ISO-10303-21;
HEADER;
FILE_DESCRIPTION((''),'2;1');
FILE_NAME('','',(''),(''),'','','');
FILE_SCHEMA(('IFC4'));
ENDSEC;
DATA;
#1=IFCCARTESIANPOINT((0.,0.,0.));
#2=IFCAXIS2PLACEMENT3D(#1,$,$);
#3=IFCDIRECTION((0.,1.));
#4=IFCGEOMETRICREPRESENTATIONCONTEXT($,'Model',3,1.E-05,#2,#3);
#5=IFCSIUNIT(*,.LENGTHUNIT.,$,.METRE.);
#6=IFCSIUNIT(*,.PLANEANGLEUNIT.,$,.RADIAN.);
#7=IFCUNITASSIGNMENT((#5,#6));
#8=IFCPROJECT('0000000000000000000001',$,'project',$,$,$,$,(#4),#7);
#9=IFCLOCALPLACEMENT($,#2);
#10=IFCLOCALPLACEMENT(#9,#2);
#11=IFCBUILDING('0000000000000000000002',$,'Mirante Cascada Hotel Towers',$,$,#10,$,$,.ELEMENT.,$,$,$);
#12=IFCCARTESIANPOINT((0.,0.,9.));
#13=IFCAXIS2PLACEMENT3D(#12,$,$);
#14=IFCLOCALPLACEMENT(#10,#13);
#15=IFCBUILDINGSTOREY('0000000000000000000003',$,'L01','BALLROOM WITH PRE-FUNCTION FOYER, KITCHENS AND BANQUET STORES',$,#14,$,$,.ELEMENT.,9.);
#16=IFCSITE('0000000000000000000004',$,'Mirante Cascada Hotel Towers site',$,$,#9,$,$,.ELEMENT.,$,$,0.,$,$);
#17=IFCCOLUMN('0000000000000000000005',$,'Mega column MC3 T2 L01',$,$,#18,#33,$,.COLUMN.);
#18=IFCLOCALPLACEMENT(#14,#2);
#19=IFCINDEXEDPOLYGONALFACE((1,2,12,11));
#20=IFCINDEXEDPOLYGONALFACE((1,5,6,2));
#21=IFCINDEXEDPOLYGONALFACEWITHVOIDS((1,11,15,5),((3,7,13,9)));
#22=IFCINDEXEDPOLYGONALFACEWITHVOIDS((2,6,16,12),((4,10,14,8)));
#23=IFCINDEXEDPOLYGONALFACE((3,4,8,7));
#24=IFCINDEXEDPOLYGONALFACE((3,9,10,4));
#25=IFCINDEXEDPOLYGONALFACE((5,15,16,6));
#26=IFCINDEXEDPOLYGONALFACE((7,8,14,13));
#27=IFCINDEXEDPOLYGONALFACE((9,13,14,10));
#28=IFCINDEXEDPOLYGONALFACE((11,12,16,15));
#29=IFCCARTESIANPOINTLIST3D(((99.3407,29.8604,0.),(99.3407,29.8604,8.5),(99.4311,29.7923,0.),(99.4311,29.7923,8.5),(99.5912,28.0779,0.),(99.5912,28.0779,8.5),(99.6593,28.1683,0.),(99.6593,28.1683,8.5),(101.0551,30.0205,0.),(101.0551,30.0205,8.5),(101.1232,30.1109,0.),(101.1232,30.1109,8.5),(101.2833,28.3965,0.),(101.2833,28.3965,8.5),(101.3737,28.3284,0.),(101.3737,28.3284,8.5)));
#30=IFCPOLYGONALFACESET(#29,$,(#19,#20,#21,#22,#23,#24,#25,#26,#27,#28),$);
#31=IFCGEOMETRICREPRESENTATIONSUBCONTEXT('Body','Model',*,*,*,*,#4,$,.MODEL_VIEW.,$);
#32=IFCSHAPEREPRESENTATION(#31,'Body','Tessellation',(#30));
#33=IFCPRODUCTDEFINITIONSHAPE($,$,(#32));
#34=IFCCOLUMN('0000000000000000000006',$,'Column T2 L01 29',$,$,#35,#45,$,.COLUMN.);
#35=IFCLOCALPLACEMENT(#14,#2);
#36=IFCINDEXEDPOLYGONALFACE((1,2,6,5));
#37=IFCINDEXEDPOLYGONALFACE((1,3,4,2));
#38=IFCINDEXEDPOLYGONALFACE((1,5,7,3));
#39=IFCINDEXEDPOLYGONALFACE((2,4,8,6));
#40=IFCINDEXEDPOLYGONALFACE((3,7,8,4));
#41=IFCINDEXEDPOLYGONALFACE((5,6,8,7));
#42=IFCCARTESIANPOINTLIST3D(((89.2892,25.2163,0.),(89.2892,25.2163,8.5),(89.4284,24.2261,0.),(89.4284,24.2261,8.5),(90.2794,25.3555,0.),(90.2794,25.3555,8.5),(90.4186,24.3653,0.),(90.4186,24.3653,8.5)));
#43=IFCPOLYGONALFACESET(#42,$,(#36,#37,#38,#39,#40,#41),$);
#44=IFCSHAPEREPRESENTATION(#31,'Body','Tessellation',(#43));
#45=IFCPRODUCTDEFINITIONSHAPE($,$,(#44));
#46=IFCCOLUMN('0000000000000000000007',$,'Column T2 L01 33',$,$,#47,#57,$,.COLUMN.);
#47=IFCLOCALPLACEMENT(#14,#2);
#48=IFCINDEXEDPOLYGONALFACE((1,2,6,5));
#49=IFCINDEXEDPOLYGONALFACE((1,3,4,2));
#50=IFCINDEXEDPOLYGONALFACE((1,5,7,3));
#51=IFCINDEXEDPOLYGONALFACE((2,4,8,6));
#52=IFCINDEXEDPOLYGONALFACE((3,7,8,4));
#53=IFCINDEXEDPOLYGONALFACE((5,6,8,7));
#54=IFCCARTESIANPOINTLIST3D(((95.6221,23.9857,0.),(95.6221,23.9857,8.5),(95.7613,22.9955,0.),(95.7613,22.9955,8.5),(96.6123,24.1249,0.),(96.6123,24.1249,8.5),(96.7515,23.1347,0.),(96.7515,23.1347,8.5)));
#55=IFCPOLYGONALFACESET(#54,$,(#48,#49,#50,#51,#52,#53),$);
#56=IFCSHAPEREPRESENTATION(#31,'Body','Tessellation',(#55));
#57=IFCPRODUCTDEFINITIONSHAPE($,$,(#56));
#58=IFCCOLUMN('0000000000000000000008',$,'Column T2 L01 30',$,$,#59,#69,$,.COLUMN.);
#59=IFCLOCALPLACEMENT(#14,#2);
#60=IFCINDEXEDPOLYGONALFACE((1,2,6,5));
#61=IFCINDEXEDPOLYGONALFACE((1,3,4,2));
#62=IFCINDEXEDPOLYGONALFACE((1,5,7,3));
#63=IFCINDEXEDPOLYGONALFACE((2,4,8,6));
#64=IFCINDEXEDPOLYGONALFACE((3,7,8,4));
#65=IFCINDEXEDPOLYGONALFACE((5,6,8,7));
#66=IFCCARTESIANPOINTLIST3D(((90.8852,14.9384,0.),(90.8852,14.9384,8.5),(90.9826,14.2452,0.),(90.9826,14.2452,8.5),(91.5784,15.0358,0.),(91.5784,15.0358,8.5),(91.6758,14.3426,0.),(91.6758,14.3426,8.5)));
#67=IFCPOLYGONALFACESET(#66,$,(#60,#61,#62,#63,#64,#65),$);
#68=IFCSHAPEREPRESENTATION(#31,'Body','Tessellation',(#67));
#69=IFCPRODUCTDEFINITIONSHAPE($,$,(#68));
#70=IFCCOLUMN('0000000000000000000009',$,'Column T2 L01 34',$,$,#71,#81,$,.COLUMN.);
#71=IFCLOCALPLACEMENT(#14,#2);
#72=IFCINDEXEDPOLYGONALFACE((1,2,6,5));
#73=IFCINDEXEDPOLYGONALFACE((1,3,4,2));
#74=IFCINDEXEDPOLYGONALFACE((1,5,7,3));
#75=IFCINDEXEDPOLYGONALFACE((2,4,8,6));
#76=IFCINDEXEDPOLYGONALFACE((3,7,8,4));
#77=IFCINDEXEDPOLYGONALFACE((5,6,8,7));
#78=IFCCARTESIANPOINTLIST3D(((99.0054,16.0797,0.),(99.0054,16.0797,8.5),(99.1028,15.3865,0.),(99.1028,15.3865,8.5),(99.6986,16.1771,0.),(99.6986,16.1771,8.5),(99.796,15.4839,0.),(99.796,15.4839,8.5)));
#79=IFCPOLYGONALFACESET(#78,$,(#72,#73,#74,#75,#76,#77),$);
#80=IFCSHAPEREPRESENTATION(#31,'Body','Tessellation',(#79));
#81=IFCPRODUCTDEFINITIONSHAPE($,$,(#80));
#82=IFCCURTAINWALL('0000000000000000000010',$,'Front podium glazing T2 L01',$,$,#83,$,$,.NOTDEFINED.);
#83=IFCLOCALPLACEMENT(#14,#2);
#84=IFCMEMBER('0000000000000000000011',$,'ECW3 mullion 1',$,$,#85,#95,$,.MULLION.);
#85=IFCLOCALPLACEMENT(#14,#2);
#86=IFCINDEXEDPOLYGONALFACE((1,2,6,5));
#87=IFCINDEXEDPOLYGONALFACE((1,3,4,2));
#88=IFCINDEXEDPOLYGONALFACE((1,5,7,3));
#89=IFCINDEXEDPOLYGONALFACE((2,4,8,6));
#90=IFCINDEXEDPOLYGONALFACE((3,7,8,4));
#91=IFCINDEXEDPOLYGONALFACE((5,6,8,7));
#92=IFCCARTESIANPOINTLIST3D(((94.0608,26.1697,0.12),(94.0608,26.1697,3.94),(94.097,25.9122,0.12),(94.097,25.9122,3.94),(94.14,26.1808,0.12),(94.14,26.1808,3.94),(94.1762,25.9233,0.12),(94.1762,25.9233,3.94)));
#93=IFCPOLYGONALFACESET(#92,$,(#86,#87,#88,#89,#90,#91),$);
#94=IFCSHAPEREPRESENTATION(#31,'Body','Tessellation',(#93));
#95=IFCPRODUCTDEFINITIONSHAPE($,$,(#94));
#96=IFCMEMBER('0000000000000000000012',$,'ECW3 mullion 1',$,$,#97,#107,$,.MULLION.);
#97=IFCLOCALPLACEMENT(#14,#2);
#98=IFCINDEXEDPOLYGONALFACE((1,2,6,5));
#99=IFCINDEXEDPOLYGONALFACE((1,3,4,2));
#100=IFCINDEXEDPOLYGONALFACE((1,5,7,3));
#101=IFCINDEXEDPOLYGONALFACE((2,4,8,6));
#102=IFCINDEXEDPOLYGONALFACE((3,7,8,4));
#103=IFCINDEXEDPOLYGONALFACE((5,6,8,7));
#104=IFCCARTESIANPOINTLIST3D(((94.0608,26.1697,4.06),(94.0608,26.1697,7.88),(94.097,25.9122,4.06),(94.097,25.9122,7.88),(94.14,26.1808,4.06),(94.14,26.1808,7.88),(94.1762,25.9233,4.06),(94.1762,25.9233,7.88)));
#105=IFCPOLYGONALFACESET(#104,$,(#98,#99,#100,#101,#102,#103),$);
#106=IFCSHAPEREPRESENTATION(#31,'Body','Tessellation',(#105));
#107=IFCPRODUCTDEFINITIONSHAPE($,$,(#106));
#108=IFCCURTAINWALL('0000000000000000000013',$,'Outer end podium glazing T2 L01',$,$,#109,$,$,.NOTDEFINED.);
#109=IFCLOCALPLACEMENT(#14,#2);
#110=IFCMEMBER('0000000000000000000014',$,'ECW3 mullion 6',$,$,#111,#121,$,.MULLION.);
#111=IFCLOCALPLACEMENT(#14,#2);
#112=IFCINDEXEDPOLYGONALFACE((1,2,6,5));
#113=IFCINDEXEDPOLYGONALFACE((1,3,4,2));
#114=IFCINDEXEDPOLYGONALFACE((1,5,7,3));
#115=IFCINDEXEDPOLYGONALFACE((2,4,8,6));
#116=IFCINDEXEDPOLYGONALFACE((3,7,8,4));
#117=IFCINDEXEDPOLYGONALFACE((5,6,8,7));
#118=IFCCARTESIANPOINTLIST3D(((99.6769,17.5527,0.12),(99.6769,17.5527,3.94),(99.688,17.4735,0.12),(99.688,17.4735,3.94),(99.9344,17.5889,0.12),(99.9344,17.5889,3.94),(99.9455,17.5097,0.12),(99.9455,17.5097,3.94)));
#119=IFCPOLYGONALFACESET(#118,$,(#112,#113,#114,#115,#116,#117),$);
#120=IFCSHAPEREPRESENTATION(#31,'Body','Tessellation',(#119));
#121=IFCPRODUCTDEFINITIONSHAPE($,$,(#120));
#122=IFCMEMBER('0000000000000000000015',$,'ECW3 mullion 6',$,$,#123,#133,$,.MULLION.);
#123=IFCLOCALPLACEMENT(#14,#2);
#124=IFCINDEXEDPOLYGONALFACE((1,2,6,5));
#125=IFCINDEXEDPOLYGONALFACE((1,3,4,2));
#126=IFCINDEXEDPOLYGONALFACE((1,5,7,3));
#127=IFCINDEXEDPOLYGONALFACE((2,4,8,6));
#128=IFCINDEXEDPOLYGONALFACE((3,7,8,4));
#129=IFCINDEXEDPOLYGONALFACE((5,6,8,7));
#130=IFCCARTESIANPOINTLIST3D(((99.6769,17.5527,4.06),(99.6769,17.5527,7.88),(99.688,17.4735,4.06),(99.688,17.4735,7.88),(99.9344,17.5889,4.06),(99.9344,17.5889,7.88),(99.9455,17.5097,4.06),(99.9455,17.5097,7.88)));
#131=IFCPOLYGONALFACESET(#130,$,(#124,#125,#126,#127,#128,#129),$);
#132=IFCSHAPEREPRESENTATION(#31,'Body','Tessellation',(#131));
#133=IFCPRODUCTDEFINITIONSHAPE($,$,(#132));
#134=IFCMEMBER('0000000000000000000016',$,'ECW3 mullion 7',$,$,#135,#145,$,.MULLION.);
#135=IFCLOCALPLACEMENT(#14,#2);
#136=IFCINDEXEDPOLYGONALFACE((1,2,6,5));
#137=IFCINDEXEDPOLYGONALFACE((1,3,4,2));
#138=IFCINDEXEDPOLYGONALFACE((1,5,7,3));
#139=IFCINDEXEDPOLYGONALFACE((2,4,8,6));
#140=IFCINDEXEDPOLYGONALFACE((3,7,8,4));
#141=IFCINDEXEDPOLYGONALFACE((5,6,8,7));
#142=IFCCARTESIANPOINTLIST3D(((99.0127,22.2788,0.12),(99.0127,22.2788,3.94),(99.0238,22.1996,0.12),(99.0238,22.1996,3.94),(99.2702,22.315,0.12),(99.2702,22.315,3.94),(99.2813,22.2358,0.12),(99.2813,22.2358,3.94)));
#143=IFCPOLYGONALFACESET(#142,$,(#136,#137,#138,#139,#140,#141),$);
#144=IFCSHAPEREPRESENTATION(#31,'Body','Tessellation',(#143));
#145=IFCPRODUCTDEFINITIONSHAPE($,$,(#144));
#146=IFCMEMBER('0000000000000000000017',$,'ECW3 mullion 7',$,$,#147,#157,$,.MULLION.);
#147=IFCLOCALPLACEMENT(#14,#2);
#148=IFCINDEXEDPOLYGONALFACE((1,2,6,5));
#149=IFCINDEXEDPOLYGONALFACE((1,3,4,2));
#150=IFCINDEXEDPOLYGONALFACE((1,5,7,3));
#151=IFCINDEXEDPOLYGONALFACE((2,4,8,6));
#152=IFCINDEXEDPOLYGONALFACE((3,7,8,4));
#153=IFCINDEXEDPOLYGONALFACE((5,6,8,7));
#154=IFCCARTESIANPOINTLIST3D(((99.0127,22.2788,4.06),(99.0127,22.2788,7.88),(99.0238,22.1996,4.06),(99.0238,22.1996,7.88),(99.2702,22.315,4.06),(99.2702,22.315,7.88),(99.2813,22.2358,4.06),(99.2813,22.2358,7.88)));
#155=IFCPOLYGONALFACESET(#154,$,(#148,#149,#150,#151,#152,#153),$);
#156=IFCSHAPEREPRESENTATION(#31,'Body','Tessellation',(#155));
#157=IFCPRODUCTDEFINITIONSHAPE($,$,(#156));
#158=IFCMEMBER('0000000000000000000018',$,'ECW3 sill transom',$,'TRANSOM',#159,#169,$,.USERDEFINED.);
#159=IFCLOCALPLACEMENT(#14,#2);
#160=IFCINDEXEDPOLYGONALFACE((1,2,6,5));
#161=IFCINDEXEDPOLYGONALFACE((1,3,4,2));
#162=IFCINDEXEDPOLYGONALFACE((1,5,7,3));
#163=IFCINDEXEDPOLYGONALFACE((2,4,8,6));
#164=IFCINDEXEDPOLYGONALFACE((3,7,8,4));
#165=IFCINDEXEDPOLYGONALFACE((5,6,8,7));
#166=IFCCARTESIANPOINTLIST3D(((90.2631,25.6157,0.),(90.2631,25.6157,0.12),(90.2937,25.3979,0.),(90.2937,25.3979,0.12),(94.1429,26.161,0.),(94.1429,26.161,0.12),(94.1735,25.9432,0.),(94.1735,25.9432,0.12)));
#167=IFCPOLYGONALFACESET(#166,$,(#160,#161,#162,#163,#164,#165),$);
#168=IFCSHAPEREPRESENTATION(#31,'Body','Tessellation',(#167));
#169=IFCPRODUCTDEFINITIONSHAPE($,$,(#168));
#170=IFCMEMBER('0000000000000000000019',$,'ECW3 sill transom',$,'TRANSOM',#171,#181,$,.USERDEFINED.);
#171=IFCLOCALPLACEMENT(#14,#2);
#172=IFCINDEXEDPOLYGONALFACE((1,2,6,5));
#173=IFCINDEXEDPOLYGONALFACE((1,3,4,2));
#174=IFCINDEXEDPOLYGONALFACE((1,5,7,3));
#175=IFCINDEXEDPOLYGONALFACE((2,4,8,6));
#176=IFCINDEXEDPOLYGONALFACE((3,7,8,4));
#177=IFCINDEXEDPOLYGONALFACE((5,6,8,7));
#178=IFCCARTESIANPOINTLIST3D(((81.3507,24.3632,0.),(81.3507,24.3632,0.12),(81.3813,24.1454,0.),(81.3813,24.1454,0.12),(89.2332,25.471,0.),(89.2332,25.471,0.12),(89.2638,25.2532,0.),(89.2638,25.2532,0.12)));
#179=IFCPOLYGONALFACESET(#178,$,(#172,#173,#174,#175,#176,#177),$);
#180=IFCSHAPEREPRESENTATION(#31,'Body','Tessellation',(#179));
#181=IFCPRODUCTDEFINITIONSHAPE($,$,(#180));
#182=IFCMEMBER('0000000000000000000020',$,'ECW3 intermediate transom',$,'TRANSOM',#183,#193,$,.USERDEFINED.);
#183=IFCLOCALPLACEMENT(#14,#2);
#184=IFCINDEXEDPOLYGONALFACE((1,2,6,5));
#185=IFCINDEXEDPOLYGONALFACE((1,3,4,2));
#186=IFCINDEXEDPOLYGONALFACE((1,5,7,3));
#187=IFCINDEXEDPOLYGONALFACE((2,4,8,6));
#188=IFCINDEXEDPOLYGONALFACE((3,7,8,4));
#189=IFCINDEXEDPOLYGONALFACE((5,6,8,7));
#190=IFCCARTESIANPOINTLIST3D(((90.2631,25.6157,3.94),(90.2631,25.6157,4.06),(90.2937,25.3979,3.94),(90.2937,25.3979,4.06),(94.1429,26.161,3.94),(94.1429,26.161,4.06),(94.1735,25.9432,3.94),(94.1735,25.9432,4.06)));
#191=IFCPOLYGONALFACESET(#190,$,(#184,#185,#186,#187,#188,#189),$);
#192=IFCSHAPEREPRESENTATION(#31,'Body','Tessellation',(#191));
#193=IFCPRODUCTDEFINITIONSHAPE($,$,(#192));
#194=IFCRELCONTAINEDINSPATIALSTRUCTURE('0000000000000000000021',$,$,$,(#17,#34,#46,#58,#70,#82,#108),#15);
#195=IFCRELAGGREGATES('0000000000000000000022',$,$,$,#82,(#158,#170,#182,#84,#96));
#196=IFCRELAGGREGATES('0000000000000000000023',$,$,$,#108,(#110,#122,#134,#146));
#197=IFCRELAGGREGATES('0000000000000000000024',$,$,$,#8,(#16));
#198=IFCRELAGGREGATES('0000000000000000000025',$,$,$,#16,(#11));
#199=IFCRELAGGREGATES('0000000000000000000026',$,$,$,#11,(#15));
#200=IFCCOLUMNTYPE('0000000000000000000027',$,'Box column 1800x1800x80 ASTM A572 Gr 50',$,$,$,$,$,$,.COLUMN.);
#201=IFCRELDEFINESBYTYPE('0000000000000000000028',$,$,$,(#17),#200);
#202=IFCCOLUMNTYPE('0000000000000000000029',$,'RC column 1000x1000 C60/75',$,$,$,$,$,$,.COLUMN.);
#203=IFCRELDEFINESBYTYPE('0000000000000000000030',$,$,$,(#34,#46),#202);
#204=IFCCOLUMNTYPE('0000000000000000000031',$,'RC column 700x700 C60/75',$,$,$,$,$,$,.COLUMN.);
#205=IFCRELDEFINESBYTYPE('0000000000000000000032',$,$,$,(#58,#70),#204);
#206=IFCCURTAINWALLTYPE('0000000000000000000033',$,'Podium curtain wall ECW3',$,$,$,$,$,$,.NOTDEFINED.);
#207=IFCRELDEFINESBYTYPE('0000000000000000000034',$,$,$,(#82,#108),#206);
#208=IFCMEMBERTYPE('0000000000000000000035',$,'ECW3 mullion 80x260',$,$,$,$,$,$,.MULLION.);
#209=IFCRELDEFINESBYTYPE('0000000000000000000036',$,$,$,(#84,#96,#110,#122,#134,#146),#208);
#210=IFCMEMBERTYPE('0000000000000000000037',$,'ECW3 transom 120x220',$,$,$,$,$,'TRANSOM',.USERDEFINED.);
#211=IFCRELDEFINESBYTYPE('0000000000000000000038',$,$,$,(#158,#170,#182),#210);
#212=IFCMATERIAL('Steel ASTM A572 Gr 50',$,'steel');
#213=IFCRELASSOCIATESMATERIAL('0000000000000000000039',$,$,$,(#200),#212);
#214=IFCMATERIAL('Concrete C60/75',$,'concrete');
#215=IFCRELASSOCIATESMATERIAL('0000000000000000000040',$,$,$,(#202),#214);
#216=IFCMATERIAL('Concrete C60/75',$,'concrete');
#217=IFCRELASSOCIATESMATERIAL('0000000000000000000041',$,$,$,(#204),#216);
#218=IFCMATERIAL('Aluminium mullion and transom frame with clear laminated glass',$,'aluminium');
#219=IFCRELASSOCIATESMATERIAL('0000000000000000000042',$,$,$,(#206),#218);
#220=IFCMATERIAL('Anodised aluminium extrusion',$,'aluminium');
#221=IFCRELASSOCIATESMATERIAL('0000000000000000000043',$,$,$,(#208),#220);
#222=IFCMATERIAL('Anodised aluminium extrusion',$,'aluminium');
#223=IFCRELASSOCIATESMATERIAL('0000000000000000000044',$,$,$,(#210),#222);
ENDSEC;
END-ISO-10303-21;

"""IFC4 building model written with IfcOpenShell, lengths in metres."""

from ifc_helpers import new_model, si_unit, direction, frame, origin, origin_2d, place, context, subcontext, project, spatial, rectangle, hollow_rectangle, extrude, material, material_profile, profile_set, type_object, element, aggregate, save


model = new_model("IFC4")

# Units and contexts
model_context = context("Model", 3, precision=1e-05, world=origin(), true_north=direction((0.0, 1.0)))
body_context = subcontext(model_context, "Body", "Model", "MODEL_VIEW")
ifc_project = project(units=[si_unit("LENGTHUNIT", "METRE"), si_unit("PLANEANGLEUNIT", "RADIAN")], contexts=[model_context])

# Site, building, storey
site_placement = place(None, origin())
site = spatial("IfcSite", under=ifc_project, at=site_placement, Name="Mirante Cascada Hotel Towers site", CompositionType="ELEMENT", RefElevation=0.0)
building_placement = place(site_placement, origin())
building = spatial("IfcBuilding", under=site, at=building_placement, Name="Mirante Cascada Hotel Towers", CompositionType="ELEMENT")
storey_placement = place(building_placement, frame((0.0, 0.0, 9.0)))
storey = spatial("IfcBuildingStorey", under=building, at=storey_placement, Name="L01", Description="BALLROOM WITH PRE-FUNCTION FOYER, KITCHENS AND BANQUET STORES", CompositionType="ELEMENT", Elevation=9.0)

# Columns
ifc_material_1 = material(Name="Steel ASTM A572 Gr 50", Category="steel")
ifc_material_profile_1 = material_profile(ifc_material_1, hollow_rectangle(XDim=1.8, YDim=1.8, WallThickness=0.08, at=origin_2d()), Name="Box column 1800x1800x80 ASTM A572 Gr 50")
ifc_profile_set_1 = profile_set([ifc_material_profile_1], Name="Steel ASTM A572 Gr 50")
column_type_1 = type_object("IfcColumnType", Name="Box column 1800x1800x80 ASTM A572 Gr 50", PredefinedType="COLUMN", material=ifc_profile_set_1)
column_placement = place(storey_placement, frame((100.3572, 29.0944, 0.0), z_axis=(0.0, 0.0, 1.0), x_axis=(0.990268, 0.139173, 0.0)))
element("IfcColumn", 1, at=column_placement, inside=storey, type_object=column_type_1, Name="Mega column MC3 T2 L01", PredefinedType="COLUMN", context=body_context, shape_type="SweptSolid", body=[
    extrude(hollow_rectangle(XDim=1.8, YDim=1.8, WallThickness=0.08, at=origin_2d()), origin(), (0.0, 0.0, 1.0), 8.5),
])
ifc_material_2 = material(Name="Concrete C60/75", Category="concrete")
ifc_material_profile_2 = material_profile(ifc_material_2, rectangle(XDim=1.0, YDim=1.0, at=origin_2d()), Name="RC column 1000x1000 C60/75")
ifc_profile_set_2 = profile_set([ifc_material_profile_2], Name="Concrete C60/75")
column_type_2 = type_object("IfcColumnType", Name="RC column 1000x1000 C60/75", PredefinedType="COLUMN", material=ifc_profile_set_2)
for number, where, z_axis, x_axis, name in (
    (2, (89.8539, 24.7908, 0.0), (0.0, 0.0, 1.0), (0.990268, 0.139173, 0.0), "Column T2 L01 29"),
    (3, (96.1868, 23.5602, 0.0), (0.0, 0.0, 1.0), (0.990268, 0.139173, 0.0), "Column T2 L01 33"),
):
    element("IfcColumn", number, at=place(storey_placement, frame(where, z_axis=z_axis, x_axis=x_axis)), inside=storey, type_object=column_type_2, Name=name, PredefinedType="COLUMN", context=body_context, shape_type="SweptSolid", body=[
        extrude(rectangle(XDim=1.0, YDim=1.0, at=origin_2d()), origin(), (0.0, 0.0, 1.0), 8.5),
    ])
ifc_material_3 = material(Name="Concrete C60/75", Category="concrete")
ifc_material_profile_3 = material_profile(ifc_material_3, rectangle(XDim=0.7, YDim=0.7, at=origin_2d()), Name="RC column 700x700 C60/75")
ifc_profile_set_3 = profile_set([ifc_material_profile_3], Name="Concrete C60/75")
column_type_3 = type_object("IfcColumnType", Name="RC column 700x700 C60/75", PredefinedType="COLUMN", material=ifc_profile_set_3)
for number, where, z_axis, x_axis, name in (
    (4, (91.2805, 14.6405, 0.0), (0.0, 0.0, 1.0), (0.990268, 0.139173, 0.0), "Column T2 L01 30"),
    (5, (99.4007, 15.7818, 0.0), (0.0, 0.0, 1.0), (0.990268, 0.139173, 0.0), "Column T2 L01 34"),
):
    element("IfcColumn", number, at=place(storey_placement, frame(where, z_axis=z_axis, x_axis=x_axis)), inside=storey, type_object=column_type_3, Name=name, PredefinedType="COLUMN", context=body_context, shape_type="SweptSolid", body=[
        extrude(rectangle(XDim=0.7, YDim=0.7, at=origin_2d()), origin(), (0.0, 0.0, 1.0), 8.5),
    ])

# Curtain walls, members
ifc_material_4 = material(Name="Aluminium mullion and transom frame with clear laminated glass", Category="aluminium")
curtain_wall_type = type_object("IfcCurtainWallType", Name="Podium curtain wall ECW3", PredefinedType="NOTDEFINED", material=ifc_material_4)
curtain_wall_1_placement = place(storey_placement, origin())
curtain_wall_1 = element("IfcCurtainWall", 6, at=curtain_wall_1_placement, inside=storey, type_object=curtain_wall_type, Name="Front podium glazing T2 L01", PredefinedType="NOTDEFINED")
ifc_material_5 = material(Name="Anodised aluminium extrusion", Category="aluminium")
ifc_material_profile_4 = material_profile(ifc_material_5, rectangle(XDim=0.26, YDim=0.08, at=origin_2d()), Name="ECW3 MULLION 80x260")
ifc_profile_set_4 = profile_set([ifc_material_profile_4], Name="Anodised aluminium extrusion")
member_type_1 = type_object("IfcMemberType", Name="ECW3 mullion 80x260", PredefinedType="MULLION", material=ifc_profile_set_4)
member_1_placement = place(storey_placement, frame((94.1185, 26.0465, 0.12), z_axis=(0.0, 0.0, 1.0), x_axis=(0.139173, -0.990268, 0.0)))
member_1 = element("IfcMember", 7, at=member_1_placement, type_object=member_type_1, Name="ECW3 mullion 1", PredefinedType="MULLION", context=body_context, shape_type="SweptSolid", body=[
    extrude(rectangle(XDim=0.26, YDim=0.08, at=origin_2d()), origin(), (0.0, 0.0, 1.0), 3.82),
])
member_2_placement = place(storey_placement, frame((94.1185, 26.0465, 4.06), z_axis=(0.0, 0.0, 1.0), x_axis=(0.139173, -0.990268, 0.0)))
member_2 = element("IfcMember", 8, at=member_2_placement, type_object=member_type_1, Name="ECW3 mullion 1", PredefinedType="MULLION", context=body_context, shape_type="SweptSolid", body=[
    extrude(rectangle(XDim=0.26, YDim=0.08, at=origin_2d()), origin(), (0.0, 0.0, 1.0), 3.82),
])
curtain_wall_2_placement = place(storey_placement, origin())
curtain_wall_2 = element("IfcCurtainWall", 9, at=curtain_wall_2_placement, inside=storey, type_object=curtain_wall_type, Name="Outer end podium glazing T2 L01", PredefinedType="NOTDEFINED")
member_3_placement = place(storey_placement, frame((99.8112, 17.5312, 0.12), z_axis=(0.0, 0.0, 1.0), x_axis=(-0.990268, -0.139173, 0.0)))
member_3 = element("IfcMember", 10, at=member_3_placement, type_object=member_type_1, Name="ECW3 mullion 6", PredefinedType="MULLION", context=body_context, shape_type="SweptSolid", body=[
    extrude(rectangle(XDim=0.26, YDim=0.08, at=origin_2d()), origin(), (0.0, 0.0, 1.0), 3.82),
])
member_4_placement = place(storey_placement, frame((99.8112, 17.5312, 4.06), z_axis=(0.0, 0.0, 1.0), x_axis=(-0.990268, -0.139173, 0.0)))
member_4 = element("IfcMember", 11, at=member_4_placement, type_object=member_type_1, Name="ECW3 mullion 6", PredefinedType="MULLION", context=body_context, shape_type="SweptSolid", body=[
    extrude(rectangle(XDim=0.26, YDim=0.08, at=origin_2d()), origin(), (0.0, 0.0, 1.0), 3.82),
])
member_5_placement = place(storey_placement, frame((99.147, 22.2573, 0.12), z_axis=(0.0, 0.0, 1.0), x_axis=(-0.990268, -0.139173, 0.0)))
member_5 = element("IfcMember", 12, at=member_5_placement, type_object=member_type_1, Name="ECW3 mullion 7", PredefinedType="MULLION", context=body_context, shape_type="SweptSolid", body=[
    extrude(rectangle(XDim=0.26, YDim=0.08, at=origin_2d()), origin(), (0.0, 0.0, 1.0), 3.82),
])
member_6_placement = place(storey_placement, frame((99.147, 22.2573, 4.06), z_axis=(0.0, 0.0, 1.0), x_axis=(-0.990268, -0.139173, 0.0)))
member_6 = element("IfcMember", 13, at=member_6_placement, type_object=member_type_1, Name="ECW3 mullion 7", PredefinedType="MULLION", context=body_context, shape_type="SweptSolid", body=[
    extrude(rectangle(XDim=0.26, YDim=0.08, at=origin_2d()), origin(), (0.0, 0.0, 1.0), 3.82),
])

# Members
ifc_material_6 = material(Name="Anodised aluminium extrusion", Category="aluminium")
ifc_material_profile_5 = material_profile(ifc_material_6, rectangle(XDim=0.22, YDim=0.12, at=origin_2d()), Name="ECW3 TRANSOM 120x220")
ifc_profile_set_5 = profile_set([ifc_material_profile_5], Name="Anodised aluminium extrusion")
member_type_2 = type_object("IfcMemberType", Name="ECW3 transom 120x220", ElementType="TRANSOM", PredefinedType="USERDEFINED", material=ifc_profile_set_5)
member_7_placement = place(storey_placement, frame((94.1582, 26.0521, 0.06), z_axis=(-0.990267, -0.139181, 0.0), x_axis=(0.139181, -0.990267, 0.0)))
member_7 = element("IfcMember", 14, at=member_7_placement, type_object=member_type_2, Name="ECW3 sill transom", ObjectType="TRANSOM", PredefinedType="USERDEFINED", context=body_context, shape_type="SweptSolid", body=[
    extrude(rectangle(XDim=0.22, YDim=0.12, at=origin_2d()), origin(), (0.0, 0.0, 1.0), 3.9179),
])
member_8_placement = place(storey_placement, frame((89.2485, 25.3621, 0.06), z_axis=(-0.990268, -0.139172, 0.0), x_axis=(0.139172, -0.990268, 0.0)))
member_8 = element("IfcMember", 15, at=member_8_placement, type_object=member_type_2, Name="ECW3 sill transom", ObjectType="TRANSOM", PredefinedType="USERDEFINED", context=body_context, shape_type="SweptSolid", body=[
    extrude(rectangle(XDim=0.22, YDim=0.12, at=origin_2d()), origin(), (0.0, 0.0, 1.0), 7.96),
])
member_9_placement = place(storey_placement, frame((94.1582, 26.0521, 4.0), z_axis=(-0.990267, -0.139181, 0.0), x_axis=(0.139181, -0.990267, 0.0)))
member_9 = element("IfcMember", 16, at=member_9_placement, type_object=member_type_2, Name="ECW3 intermediate transom", ObjectType="TRANSOM", PredefinedType="USERDEFINED", context=body_context, shape_type="SweptSolid", body=[
    extrude(rectangle(XDim=0.22, YDim=0.12, at=origin_2d()), origin(), (0.0, 0.0, 1.0), 3.9179),
])

aggregate(curtain_wall_1, [member_7, member_8, member_9, member_1, member_2])
aggregate(curtain_wall_2, [member_3, member_4, member_5, member_6])

save(model, "model.ifc")
